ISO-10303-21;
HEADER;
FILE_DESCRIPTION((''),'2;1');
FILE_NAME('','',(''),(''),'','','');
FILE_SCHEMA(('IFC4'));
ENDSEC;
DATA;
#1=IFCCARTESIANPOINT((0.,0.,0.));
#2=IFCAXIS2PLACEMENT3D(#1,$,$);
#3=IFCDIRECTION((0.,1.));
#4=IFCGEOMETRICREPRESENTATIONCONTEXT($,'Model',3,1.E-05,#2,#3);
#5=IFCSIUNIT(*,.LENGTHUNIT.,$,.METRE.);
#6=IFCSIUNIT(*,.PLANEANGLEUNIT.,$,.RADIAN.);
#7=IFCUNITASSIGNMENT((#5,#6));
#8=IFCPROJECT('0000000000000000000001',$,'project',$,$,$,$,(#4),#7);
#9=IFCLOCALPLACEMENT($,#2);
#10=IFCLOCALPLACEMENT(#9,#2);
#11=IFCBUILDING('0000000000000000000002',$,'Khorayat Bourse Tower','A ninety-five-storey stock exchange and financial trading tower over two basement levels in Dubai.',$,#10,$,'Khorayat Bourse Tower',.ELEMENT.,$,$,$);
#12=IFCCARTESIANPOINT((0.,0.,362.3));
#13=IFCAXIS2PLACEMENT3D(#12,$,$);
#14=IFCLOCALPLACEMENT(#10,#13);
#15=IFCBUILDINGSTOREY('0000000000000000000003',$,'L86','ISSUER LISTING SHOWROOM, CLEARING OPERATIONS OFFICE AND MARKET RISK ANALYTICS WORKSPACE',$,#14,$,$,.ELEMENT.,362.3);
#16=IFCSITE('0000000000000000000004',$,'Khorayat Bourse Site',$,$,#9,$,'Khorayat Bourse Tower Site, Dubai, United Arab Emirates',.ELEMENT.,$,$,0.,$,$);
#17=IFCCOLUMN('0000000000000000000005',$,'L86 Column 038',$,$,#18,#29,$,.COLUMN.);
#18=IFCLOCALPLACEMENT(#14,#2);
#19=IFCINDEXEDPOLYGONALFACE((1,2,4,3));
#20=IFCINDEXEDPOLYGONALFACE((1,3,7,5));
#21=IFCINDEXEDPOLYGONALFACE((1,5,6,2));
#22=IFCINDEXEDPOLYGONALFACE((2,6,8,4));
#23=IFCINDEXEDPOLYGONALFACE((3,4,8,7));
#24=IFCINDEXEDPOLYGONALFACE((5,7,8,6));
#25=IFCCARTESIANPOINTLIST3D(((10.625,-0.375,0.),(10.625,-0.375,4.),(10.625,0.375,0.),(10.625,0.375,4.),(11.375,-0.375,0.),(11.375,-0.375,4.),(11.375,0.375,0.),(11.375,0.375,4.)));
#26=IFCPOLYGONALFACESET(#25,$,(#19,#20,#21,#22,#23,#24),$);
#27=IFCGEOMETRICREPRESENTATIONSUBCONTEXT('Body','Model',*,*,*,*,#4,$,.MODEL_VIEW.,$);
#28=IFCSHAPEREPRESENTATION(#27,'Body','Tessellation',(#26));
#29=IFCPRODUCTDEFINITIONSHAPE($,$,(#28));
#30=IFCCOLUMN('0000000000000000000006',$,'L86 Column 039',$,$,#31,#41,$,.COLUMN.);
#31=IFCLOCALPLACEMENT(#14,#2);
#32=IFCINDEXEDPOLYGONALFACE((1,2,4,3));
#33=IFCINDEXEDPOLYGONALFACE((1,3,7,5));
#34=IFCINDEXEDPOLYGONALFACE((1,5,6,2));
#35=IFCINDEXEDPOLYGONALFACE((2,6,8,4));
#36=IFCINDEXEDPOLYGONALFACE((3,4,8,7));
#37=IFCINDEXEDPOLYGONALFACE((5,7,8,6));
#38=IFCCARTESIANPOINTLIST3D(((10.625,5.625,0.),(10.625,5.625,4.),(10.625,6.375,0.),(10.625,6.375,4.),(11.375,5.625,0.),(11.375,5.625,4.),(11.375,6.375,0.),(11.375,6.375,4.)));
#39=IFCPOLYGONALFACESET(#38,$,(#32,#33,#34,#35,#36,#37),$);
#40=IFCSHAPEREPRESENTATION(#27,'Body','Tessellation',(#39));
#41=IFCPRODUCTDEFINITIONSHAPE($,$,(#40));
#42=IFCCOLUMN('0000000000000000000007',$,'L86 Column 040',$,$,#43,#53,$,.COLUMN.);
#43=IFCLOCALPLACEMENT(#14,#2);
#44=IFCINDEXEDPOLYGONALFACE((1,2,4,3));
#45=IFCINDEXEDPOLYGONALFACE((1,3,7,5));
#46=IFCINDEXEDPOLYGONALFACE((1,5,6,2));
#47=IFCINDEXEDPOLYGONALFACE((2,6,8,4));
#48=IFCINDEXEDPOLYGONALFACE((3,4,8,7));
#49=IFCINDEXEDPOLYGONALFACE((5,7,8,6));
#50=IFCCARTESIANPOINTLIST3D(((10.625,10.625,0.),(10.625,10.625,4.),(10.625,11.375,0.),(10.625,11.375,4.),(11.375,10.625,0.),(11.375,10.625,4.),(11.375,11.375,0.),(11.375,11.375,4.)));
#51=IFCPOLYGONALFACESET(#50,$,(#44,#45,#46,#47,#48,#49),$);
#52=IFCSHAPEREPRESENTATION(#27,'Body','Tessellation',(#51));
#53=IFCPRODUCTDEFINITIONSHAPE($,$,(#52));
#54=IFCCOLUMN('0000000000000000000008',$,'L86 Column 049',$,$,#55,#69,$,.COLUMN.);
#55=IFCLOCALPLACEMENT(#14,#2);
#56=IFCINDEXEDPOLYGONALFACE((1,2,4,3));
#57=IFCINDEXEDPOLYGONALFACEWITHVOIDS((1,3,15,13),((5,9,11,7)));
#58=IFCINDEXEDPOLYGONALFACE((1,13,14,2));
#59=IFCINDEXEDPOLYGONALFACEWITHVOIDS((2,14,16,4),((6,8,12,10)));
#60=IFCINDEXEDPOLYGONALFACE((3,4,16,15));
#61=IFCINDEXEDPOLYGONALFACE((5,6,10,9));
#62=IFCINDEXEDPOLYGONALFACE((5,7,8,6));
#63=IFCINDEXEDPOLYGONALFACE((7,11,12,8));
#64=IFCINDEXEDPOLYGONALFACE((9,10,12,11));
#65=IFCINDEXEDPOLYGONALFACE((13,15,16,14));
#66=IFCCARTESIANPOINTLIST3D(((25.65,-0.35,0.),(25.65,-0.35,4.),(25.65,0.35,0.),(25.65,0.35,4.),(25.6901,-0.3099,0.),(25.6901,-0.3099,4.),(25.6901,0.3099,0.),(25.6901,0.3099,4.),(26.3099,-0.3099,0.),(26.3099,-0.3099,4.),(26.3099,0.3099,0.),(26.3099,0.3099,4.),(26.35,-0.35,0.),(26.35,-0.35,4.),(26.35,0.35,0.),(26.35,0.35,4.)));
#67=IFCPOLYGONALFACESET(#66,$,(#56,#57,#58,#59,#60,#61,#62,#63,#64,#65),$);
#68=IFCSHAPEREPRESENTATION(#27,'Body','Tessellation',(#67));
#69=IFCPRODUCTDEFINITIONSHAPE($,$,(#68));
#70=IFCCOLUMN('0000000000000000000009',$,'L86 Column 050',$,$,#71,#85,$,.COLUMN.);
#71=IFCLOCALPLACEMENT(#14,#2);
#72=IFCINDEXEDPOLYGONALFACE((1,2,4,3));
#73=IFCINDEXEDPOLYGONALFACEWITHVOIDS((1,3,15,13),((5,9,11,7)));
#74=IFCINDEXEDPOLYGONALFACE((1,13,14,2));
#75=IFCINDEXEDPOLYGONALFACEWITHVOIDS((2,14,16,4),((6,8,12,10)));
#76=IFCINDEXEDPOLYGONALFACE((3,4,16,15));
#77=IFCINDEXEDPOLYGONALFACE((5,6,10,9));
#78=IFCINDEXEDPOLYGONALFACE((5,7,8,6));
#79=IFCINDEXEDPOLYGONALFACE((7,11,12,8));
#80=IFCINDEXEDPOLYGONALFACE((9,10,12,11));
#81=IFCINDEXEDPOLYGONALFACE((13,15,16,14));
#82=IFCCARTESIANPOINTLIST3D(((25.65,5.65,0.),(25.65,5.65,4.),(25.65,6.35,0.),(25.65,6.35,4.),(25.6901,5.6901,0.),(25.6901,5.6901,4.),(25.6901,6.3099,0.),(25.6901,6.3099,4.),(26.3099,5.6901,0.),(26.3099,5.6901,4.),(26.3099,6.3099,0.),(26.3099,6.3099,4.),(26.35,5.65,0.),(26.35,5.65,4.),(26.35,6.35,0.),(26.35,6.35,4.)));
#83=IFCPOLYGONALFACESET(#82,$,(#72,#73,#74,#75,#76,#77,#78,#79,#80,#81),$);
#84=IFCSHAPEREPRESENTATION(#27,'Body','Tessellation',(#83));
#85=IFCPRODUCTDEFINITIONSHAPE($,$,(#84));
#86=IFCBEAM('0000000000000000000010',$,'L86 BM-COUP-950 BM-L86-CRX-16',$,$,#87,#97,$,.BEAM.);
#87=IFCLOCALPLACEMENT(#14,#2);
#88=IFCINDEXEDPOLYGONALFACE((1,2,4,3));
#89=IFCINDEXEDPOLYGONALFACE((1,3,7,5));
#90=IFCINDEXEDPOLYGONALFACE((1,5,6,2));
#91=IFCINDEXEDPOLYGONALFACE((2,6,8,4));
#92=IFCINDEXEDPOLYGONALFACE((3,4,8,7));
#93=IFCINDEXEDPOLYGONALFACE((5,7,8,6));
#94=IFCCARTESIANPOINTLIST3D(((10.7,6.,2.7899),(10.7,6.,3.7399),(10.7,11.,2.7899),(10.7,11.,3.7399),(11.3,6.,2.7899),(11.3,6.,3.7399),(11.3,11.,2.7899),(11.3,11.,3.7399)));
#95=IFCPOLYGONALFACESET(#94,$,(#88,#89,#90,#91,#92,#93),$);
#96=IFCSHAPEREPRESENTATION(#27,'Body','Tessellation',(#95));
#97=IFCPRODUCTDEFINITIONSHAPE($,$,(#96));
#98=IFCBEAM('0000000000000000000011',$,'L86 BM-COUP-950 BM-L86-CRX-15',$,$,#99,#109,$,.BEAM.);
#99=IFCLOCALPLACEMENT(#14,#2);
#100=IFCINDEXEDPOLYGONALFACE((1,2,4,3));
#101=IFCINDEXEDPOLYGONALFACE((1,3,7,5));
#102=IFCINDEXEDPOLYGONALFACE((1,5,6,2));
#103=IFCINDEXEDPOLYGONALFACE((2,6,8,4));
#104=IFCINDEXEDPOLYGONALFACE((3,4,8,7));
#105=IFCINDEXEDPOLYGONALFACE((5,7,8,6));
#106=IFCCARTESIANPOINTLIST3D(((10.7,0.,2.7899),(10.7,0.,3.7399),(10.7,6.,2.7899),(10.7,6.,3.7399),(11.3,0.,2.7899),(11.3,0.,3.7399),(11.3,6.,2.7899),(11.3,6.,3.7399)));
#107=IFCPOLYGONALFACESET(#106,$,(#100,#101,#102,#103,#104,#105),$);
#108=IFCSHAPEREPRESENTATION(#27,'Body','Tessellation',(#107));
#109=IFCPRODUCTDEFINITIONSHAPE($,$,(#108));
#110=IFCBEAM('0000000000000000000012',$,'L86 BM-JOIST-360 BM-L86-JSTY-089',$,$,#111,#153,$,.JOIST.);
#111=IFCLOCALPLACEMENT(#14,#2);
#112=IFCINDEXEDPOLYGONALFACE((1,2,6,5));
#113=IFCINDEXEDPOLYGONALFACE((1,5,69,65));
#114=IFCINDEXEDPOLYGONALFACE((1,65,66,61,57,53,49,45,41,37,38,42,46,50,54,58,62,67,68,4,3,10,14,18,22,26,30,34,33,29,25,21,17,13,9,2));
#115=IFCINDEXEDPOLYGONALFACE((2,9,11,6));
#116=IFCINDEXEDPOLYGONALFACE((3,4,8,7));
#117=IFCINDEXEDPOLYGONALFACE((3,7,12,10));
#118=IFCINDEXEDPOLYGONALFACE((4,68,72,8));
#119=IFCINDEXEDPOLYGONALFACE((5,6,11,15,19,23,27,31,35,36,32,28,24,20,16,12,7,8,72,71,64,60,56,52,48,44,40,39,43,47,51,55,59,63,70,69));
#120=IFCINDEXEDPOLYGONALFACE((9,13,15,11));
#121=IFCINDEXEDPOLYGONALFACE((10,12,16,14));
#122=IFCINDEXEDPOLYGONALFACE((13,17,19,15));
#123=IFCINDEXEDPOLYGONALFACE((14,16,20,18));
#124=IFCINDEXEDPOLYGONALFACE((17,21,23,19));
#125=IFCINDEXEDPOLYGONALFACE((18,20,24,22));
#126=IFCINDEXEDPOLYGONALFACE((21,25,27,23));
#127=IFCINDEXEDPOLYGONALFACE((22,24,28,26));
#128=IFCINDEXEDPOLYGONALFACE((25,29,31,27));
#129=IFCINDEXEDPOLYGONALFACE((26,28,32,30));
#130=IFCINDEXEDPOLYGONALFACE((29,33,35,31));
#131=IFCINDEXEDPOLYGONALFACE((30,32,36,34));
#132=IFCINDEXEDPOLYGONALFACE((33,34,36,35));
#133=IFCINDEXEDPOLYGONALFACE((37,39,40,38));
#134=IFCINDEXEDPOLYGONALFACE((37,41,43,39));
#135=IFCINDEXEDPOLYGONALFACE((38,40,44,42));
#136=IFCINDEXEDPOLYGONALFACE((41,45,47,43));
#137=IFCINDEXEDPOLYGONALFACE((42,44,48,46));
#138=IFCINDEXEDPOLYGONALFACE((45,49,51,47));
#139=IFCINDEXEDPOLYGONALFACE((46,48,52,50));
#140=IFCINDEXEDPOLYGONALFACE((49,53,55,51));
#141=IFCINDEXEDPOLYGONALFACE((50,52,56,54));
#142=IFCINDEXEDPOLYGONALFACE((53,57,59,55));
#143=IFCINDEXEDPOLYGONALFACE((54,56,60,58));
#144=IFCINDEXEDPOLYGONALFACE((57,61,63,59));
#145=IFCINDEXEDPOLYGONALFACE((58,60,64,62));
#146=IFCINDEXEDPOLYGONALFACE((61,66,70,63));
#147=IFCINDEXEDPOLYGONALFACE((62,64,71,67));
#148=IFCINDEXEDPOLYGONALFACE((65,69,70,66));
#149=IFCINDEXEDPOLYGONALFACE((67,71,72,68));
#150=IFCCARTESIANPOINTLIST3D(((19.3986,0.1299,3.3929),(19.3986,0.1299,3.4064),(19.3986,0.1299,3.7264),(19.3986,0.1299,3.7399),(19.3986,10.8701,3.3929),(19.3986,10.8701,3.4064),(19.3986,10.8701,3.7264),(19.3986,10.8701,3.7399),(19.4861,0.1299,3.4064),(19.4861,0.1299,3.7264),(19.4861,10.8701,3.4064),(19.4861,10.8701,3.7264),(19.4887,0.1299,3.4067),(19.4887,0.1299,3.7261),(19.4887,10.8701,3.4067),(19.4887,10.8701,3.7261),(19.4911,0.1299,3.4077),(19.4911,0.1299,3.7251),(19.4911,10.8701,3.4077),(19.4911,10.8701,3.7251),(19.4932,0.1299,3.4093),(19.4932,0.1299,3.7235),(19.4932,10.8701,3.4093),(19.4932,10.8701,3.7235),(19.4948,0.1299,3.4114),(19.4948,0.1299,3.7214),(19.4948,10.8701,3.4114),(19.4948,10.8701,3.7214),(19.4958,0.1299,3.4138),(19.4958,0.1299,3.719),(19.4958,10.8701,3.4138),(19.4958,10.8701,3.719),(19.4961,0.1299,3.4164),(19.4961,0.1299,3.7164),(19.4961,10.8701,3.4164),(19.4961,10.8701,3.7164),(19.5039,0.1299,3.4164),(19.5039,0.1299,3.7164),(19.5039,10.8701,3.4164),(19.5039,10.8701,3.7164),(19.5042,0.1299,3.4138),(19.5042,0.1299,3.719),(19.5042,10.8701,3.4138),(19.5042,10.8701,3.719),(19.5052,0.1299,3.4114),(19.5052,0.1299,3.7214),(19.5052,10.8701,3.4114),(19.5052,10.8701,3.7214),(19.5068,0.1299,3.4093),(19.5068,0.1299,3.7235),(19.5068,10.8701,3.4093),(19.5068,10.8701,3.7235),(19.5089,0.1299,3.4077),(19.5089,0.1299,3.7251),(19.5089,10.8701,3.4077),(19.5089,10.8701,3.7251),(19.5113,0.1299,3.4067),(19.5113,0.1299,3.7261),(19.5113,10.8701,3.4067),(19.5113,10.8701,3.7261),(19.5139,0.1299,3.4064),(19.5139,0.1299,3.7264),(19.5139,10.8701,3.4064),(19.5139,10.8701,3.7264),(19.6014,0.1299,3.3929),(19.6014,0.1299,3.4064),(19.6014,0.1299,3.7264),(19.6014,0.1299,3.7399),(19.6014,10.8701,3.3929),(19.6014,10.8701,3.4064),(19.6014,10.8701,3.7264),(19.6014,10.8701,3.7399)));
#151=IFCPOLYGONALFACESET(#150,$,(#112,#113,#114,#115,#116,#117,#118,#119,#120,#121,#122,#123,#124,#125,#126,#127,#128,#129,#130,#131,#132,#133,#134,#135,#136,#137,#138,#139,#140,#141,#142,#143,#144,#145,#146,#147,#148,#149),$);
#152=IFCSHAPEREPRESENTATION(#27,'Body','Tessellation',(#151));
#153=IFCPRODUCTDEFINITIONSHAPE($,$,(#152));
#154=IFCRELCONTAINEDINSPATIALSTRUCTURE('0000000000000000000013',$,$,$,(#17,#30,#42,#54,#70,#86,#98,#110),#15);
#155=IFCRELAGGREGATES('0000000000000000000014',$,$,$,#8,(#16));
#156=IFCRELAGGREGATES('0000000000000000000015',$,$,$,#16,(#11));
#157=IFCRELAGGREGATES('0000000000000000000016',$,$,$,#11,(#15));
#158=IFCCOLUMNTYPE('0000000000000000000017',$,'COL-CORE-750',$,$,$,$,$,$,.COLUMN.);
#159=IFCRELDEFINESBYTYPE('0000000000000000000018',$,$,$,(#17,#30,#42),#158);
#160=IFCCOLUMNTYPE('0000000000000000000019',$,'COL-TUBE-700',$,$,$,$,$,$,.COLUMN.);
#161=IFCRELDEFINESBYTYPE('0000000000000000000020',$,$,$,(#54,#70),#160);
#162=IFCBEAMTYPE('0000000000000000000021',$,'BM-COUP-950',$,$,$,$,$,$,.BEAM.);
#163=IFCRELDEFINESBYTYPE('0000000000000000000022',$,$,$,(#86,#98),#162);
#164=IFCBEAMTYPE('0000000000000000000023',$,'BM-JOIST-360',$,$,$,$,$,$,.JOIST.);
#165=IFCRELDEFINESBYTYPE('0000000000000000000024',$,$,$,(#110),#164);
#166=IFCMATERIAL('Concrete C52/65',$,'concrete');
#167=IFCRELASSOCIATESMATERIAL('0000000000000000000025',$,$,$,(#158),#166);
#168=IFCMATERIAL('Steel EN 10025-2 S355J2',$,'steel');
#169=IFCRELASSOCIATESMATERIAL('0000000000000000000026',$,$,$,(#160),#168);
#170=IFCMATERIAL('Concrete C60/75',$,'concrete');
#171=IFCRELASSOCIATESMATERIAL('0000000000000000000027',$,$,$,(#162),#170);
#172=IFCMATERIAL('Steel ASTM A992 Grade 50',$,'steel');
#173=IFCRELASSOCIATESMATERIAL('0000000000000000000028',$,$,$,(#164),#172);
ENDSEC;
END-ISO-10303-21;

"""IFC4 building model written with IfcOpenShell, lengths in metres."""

from ifc_helpers import new_model, si_unit, direction, frame, origin, origin_2d, place, context, subcontext, project, spatial, rectangle, hollow_rectangle, i_section, extrude, source, transform, mapped, material, material_profile, profile_set, type_object, element, save


model = new_model("IFC4")

# Units and contexts
model_context = context("Model", 3, precision=1e-05, world=origin(), true_north=direction((0.0, 1.0)))
body_context = subcontext(model_context, "Body", "Model", "MODEL_VIEW")
ifc_project = project(units=[si_unit("LENGTHUNIT", "METRE"), si_unit("PLANEANGLEUNIT", "RADIAN")], contexts=[model_context])

# Site, building, storey
site_placement = place(None, origin())
site = spatial("IfcSite", under=ifc_project, at=site_placement, Name="Khorayat Bourse Site", LongName="Khorayat Bourse Tower Site, Dubai, United Arab Emirates", CompositionType="ELEMENT", RefElevation=0.0)
building_placement = place(site_placement, origin())
building = spatial("IfcBuilding", under=site, at=building_placement, Name="Khorayat Bourse Tower", Description="A ninety-five-storey stock exchange and financial trading tower over two basement levels in Dubai.", LongName="Khorayat Bourse Tower", CompositionType="ELEMENT")
storey_placement = place(building_placement, frame((0.0, 0.0, 362.3)))
storey = spatial("IfcBuildingStorey", under=building, at=storey_placement, Name="L86", Description="ISSUER LISTING SHOWROOM, CLEARING OPERATIONS OFFICE AND MARKET RISK ANALYTICS WORKSPACE", CompositionType="ELEMENT", Elevation=362.3)

# Columns
ifc_material_1 = material(Name="Concrete C52/65", Category="concrete")
ifc_material_profile_1 = material_profile(ifc_material_1, rectangle(XDim=0.75, YDim=0.75, at=origin_2d()), Name="RC 750x750")
ifc_profile_set_1 = profile_set([ifc_material_profile_1], Name="Concrete C52/65")
column_type_1 = type_object("IfcColumnType", Name="COL-CORE-750", PredefinedType="COLUMN", material=ifc_profile_set_1)
shared_shape_1 = source(origin(), body_context, "Body", "SweptSolid", [
    extrude(rectangle(XDim=0.75, YDim=0.75, at=origin_2d()), origin(), (0.0, 0.0, 1.0), 4.0),
])
for number, where, z_axis, x_axis, name in (
    (1, (11.0, 0.0, 0.0), (0.0, 0.0, 1.0), (1.0, 0.0, 0.0), "L86 Column 038"),
    (2, (11.0, 6.0, 0.0), (0.0, 0.0, 1.0), (1.0, 0.0, 0.0), "L86 Column 039"),
    (3, (11.0, 11.0, 0.0), (0.0, 0.0, 1.0), (1.0, 0.0, 0.0), "L86 Column 040"),
):
    element("IfcColumn", number, at=place(storey_placement, frame(where, z_axis=z_axis, x_axis=x_axis)), inside=storey, type_object=column_type_1, Name=name, PredefinedType="COLUMN", context=body_context, shape_type="MappedRepresentation", body=[
        mapped(shared_shape_1, transform((0.0, 0.0, 0.0), scale=1.0)),
    ])
ifc_material_2 = material(Name="Steel EN 10025-2 S355J2", Category="steel")
ifc_material_profile_2 = material_profile(ifc_material_2, hollow_rectangle(XDim=0.7, YDim=0.7, WallThickness=0.04, at=origin_2d()), Name="BOX 700x700x40")
ifc_profile_set_2 = profile_set([ifc_material_profile_2], Name="Steel EN 10025-2 S355J2")
column_type_2 = type_object("IfcColumnType", Name="COL-TUBE-700", PredefinedType="COLUMN", material=ifc_profile_set_2)
shared_shape_2 = source(origin(), body_context, "Body", "SweptSolid", [
    extrude(hollow_rectangle(XDim=0.7, YDim=0.7, WallThickness=0.04, at=origin_2d()), origin(), (0.0, 0.0, 1.0), 4.0),
])
for number, where, z_axis, x_axis, name in (
    (4, (26.0, 0.0, 0.0), (0.0, 0.0, 1.0), (1.0, 0.0, 0.0), "L86 Column 049"),
    (5, (26.0, 6.0, 0.0), (0.0, 0.0, 1.0), (1.0, 0.0, 0.0), "L86 Column 050"),
):
    element("IfcColumn", number, at=place(storey_placement, frame(where, z_axis=z_axis, x_axis=x_axis)), inside=storey, type_object=column_type_2, Name=name, PredefinedType="COLUMN", context=body_context, shape_type="MappedRepresentation", body=[
        mapped(shared_shape_2, transform((0.0, 0.0, 0.0), scale=1.0)),
    ])

# Beams
ifc_material_3 = material(Name="Concrete C60/75", Category="concrete")
ifc_material_profile_3 = material_profile(ifc_material_3, rectangle(XDim=0.6001, YDim=0.95, at=origin_2d()), Name="RC 600x950")
ifc_profile_set_3 = profile_set([ifc_material_profile_3], Name="Concrete C60/75")
beam_type_1 = type_object("IfcBeamType", Name="BM-COUP-950", PredefinedType="BEAM", material=ifc_profile_set_3)
shared_shape_3 = source(origin(), body_context, "Body", "SweptSolid", [
    extrude(rectangle(XDim=0.6001, YDim=0.95, at=origin_2d()), origin(), (0.0, 0.0, 1.0), 5.0),
])
beam_1_placement = place(storey_placement, frame((11.0, 6.0, 3.2649), z_axis=(0.0, 1.0, 0.0), x_axis=(-1.0, 0.0, 0.0)))
element("IfcBeam", 6, at=beam_1_placement, inside=storey, type_object=beam_type_1, Name="L86 BM-COUP-950 BM-L86-CRX-16", PredefinedType="BEAM", context=body_context, shape_type="MappedRepresentation", body=[
    mapped(shared_shape_3, transform((0.0, 0.0, 0.0), scale=1.0)),
])
shared_shape_4 = source(origin(), body_context, "Body", "SweptSolid", [
    extrude(rectangle(XDim=0.6001, YDim=0.95, at=origin_2d()), origin(), (0.0, 0.0, 1.0), 6.0),
])
beam_2_placement = place(storey_placement, frame((11.0, 0.0, 3.2649), z_axis=(0.0, 1.0, 0.0), x_axis=(-1.0, 0.0, 0.0)))
element("IfcBeam", 7, at=beam_2_placement, inside=storey, type_object=beam_type_1, Name="L86 BM-COUP-950 BM-L86-CRX-15", PredefinedType="BEAM", context=body_context, shape_type="MappedRepresentation", body=[
    mapped(shared_shape_4, transform((0.0, 0.0, 0.0), scale=1.0)),
])
ifc_material_4 = material(Name="Steel ASTM A992 Grade 50", Category="steel")
ifc_material_profile_4 = material_profile(ifc_material_4, i_section(OverallWidth=0.2029, OverallDepth=0.3469, WebThickness=0.0078, FlangeThickness=0.0134, FilletRadius=0.01, at=origin_2d()), Name="W360X64")
ifc_profile_set_4 = profile_set([ifc_material_profile_4], Name="Steel ASTM A992 Grade 50")
beam_type_2 = type_object("IfcBeamType", Name="BM-JOIST-360", PredefinedType="JOIST", material=ifc_profile_set_4)
shared_shape_5 = source(origin(), body_context, "Body", "SweptSolid", [
    extrude(i_section(OverallWidth=0.2029, OverallDepth=0.3469, WebThickness=0.0078, FlangeThickness=0.0134, FilletRadius=0.01, at=origin_2d()), origin(), (0.0, 0.0, 1.0), 10.7402),
])
beam_3_placement = place(storey_placement, frame((19.5, 0.1299, 3.5664), z_axis=(0.0, 1.0, 0.0), x_axis=(-1.0, 0.0, 0.0)))
element("IfcBeam", 8, at=beam_3_placement, inside=storey, type_object=beam_type_2, Name="L86 BM-JOIST-360 BM-L86-JSTY-089", PredefinedType="JOIST", context=body_context, shape_type="MappedRepresentation", body=[
    mapped(shared_shape_5, transform((0.0, 0.0, 0.0), scale=1.0)),
])

save(model, "model.ifc")
